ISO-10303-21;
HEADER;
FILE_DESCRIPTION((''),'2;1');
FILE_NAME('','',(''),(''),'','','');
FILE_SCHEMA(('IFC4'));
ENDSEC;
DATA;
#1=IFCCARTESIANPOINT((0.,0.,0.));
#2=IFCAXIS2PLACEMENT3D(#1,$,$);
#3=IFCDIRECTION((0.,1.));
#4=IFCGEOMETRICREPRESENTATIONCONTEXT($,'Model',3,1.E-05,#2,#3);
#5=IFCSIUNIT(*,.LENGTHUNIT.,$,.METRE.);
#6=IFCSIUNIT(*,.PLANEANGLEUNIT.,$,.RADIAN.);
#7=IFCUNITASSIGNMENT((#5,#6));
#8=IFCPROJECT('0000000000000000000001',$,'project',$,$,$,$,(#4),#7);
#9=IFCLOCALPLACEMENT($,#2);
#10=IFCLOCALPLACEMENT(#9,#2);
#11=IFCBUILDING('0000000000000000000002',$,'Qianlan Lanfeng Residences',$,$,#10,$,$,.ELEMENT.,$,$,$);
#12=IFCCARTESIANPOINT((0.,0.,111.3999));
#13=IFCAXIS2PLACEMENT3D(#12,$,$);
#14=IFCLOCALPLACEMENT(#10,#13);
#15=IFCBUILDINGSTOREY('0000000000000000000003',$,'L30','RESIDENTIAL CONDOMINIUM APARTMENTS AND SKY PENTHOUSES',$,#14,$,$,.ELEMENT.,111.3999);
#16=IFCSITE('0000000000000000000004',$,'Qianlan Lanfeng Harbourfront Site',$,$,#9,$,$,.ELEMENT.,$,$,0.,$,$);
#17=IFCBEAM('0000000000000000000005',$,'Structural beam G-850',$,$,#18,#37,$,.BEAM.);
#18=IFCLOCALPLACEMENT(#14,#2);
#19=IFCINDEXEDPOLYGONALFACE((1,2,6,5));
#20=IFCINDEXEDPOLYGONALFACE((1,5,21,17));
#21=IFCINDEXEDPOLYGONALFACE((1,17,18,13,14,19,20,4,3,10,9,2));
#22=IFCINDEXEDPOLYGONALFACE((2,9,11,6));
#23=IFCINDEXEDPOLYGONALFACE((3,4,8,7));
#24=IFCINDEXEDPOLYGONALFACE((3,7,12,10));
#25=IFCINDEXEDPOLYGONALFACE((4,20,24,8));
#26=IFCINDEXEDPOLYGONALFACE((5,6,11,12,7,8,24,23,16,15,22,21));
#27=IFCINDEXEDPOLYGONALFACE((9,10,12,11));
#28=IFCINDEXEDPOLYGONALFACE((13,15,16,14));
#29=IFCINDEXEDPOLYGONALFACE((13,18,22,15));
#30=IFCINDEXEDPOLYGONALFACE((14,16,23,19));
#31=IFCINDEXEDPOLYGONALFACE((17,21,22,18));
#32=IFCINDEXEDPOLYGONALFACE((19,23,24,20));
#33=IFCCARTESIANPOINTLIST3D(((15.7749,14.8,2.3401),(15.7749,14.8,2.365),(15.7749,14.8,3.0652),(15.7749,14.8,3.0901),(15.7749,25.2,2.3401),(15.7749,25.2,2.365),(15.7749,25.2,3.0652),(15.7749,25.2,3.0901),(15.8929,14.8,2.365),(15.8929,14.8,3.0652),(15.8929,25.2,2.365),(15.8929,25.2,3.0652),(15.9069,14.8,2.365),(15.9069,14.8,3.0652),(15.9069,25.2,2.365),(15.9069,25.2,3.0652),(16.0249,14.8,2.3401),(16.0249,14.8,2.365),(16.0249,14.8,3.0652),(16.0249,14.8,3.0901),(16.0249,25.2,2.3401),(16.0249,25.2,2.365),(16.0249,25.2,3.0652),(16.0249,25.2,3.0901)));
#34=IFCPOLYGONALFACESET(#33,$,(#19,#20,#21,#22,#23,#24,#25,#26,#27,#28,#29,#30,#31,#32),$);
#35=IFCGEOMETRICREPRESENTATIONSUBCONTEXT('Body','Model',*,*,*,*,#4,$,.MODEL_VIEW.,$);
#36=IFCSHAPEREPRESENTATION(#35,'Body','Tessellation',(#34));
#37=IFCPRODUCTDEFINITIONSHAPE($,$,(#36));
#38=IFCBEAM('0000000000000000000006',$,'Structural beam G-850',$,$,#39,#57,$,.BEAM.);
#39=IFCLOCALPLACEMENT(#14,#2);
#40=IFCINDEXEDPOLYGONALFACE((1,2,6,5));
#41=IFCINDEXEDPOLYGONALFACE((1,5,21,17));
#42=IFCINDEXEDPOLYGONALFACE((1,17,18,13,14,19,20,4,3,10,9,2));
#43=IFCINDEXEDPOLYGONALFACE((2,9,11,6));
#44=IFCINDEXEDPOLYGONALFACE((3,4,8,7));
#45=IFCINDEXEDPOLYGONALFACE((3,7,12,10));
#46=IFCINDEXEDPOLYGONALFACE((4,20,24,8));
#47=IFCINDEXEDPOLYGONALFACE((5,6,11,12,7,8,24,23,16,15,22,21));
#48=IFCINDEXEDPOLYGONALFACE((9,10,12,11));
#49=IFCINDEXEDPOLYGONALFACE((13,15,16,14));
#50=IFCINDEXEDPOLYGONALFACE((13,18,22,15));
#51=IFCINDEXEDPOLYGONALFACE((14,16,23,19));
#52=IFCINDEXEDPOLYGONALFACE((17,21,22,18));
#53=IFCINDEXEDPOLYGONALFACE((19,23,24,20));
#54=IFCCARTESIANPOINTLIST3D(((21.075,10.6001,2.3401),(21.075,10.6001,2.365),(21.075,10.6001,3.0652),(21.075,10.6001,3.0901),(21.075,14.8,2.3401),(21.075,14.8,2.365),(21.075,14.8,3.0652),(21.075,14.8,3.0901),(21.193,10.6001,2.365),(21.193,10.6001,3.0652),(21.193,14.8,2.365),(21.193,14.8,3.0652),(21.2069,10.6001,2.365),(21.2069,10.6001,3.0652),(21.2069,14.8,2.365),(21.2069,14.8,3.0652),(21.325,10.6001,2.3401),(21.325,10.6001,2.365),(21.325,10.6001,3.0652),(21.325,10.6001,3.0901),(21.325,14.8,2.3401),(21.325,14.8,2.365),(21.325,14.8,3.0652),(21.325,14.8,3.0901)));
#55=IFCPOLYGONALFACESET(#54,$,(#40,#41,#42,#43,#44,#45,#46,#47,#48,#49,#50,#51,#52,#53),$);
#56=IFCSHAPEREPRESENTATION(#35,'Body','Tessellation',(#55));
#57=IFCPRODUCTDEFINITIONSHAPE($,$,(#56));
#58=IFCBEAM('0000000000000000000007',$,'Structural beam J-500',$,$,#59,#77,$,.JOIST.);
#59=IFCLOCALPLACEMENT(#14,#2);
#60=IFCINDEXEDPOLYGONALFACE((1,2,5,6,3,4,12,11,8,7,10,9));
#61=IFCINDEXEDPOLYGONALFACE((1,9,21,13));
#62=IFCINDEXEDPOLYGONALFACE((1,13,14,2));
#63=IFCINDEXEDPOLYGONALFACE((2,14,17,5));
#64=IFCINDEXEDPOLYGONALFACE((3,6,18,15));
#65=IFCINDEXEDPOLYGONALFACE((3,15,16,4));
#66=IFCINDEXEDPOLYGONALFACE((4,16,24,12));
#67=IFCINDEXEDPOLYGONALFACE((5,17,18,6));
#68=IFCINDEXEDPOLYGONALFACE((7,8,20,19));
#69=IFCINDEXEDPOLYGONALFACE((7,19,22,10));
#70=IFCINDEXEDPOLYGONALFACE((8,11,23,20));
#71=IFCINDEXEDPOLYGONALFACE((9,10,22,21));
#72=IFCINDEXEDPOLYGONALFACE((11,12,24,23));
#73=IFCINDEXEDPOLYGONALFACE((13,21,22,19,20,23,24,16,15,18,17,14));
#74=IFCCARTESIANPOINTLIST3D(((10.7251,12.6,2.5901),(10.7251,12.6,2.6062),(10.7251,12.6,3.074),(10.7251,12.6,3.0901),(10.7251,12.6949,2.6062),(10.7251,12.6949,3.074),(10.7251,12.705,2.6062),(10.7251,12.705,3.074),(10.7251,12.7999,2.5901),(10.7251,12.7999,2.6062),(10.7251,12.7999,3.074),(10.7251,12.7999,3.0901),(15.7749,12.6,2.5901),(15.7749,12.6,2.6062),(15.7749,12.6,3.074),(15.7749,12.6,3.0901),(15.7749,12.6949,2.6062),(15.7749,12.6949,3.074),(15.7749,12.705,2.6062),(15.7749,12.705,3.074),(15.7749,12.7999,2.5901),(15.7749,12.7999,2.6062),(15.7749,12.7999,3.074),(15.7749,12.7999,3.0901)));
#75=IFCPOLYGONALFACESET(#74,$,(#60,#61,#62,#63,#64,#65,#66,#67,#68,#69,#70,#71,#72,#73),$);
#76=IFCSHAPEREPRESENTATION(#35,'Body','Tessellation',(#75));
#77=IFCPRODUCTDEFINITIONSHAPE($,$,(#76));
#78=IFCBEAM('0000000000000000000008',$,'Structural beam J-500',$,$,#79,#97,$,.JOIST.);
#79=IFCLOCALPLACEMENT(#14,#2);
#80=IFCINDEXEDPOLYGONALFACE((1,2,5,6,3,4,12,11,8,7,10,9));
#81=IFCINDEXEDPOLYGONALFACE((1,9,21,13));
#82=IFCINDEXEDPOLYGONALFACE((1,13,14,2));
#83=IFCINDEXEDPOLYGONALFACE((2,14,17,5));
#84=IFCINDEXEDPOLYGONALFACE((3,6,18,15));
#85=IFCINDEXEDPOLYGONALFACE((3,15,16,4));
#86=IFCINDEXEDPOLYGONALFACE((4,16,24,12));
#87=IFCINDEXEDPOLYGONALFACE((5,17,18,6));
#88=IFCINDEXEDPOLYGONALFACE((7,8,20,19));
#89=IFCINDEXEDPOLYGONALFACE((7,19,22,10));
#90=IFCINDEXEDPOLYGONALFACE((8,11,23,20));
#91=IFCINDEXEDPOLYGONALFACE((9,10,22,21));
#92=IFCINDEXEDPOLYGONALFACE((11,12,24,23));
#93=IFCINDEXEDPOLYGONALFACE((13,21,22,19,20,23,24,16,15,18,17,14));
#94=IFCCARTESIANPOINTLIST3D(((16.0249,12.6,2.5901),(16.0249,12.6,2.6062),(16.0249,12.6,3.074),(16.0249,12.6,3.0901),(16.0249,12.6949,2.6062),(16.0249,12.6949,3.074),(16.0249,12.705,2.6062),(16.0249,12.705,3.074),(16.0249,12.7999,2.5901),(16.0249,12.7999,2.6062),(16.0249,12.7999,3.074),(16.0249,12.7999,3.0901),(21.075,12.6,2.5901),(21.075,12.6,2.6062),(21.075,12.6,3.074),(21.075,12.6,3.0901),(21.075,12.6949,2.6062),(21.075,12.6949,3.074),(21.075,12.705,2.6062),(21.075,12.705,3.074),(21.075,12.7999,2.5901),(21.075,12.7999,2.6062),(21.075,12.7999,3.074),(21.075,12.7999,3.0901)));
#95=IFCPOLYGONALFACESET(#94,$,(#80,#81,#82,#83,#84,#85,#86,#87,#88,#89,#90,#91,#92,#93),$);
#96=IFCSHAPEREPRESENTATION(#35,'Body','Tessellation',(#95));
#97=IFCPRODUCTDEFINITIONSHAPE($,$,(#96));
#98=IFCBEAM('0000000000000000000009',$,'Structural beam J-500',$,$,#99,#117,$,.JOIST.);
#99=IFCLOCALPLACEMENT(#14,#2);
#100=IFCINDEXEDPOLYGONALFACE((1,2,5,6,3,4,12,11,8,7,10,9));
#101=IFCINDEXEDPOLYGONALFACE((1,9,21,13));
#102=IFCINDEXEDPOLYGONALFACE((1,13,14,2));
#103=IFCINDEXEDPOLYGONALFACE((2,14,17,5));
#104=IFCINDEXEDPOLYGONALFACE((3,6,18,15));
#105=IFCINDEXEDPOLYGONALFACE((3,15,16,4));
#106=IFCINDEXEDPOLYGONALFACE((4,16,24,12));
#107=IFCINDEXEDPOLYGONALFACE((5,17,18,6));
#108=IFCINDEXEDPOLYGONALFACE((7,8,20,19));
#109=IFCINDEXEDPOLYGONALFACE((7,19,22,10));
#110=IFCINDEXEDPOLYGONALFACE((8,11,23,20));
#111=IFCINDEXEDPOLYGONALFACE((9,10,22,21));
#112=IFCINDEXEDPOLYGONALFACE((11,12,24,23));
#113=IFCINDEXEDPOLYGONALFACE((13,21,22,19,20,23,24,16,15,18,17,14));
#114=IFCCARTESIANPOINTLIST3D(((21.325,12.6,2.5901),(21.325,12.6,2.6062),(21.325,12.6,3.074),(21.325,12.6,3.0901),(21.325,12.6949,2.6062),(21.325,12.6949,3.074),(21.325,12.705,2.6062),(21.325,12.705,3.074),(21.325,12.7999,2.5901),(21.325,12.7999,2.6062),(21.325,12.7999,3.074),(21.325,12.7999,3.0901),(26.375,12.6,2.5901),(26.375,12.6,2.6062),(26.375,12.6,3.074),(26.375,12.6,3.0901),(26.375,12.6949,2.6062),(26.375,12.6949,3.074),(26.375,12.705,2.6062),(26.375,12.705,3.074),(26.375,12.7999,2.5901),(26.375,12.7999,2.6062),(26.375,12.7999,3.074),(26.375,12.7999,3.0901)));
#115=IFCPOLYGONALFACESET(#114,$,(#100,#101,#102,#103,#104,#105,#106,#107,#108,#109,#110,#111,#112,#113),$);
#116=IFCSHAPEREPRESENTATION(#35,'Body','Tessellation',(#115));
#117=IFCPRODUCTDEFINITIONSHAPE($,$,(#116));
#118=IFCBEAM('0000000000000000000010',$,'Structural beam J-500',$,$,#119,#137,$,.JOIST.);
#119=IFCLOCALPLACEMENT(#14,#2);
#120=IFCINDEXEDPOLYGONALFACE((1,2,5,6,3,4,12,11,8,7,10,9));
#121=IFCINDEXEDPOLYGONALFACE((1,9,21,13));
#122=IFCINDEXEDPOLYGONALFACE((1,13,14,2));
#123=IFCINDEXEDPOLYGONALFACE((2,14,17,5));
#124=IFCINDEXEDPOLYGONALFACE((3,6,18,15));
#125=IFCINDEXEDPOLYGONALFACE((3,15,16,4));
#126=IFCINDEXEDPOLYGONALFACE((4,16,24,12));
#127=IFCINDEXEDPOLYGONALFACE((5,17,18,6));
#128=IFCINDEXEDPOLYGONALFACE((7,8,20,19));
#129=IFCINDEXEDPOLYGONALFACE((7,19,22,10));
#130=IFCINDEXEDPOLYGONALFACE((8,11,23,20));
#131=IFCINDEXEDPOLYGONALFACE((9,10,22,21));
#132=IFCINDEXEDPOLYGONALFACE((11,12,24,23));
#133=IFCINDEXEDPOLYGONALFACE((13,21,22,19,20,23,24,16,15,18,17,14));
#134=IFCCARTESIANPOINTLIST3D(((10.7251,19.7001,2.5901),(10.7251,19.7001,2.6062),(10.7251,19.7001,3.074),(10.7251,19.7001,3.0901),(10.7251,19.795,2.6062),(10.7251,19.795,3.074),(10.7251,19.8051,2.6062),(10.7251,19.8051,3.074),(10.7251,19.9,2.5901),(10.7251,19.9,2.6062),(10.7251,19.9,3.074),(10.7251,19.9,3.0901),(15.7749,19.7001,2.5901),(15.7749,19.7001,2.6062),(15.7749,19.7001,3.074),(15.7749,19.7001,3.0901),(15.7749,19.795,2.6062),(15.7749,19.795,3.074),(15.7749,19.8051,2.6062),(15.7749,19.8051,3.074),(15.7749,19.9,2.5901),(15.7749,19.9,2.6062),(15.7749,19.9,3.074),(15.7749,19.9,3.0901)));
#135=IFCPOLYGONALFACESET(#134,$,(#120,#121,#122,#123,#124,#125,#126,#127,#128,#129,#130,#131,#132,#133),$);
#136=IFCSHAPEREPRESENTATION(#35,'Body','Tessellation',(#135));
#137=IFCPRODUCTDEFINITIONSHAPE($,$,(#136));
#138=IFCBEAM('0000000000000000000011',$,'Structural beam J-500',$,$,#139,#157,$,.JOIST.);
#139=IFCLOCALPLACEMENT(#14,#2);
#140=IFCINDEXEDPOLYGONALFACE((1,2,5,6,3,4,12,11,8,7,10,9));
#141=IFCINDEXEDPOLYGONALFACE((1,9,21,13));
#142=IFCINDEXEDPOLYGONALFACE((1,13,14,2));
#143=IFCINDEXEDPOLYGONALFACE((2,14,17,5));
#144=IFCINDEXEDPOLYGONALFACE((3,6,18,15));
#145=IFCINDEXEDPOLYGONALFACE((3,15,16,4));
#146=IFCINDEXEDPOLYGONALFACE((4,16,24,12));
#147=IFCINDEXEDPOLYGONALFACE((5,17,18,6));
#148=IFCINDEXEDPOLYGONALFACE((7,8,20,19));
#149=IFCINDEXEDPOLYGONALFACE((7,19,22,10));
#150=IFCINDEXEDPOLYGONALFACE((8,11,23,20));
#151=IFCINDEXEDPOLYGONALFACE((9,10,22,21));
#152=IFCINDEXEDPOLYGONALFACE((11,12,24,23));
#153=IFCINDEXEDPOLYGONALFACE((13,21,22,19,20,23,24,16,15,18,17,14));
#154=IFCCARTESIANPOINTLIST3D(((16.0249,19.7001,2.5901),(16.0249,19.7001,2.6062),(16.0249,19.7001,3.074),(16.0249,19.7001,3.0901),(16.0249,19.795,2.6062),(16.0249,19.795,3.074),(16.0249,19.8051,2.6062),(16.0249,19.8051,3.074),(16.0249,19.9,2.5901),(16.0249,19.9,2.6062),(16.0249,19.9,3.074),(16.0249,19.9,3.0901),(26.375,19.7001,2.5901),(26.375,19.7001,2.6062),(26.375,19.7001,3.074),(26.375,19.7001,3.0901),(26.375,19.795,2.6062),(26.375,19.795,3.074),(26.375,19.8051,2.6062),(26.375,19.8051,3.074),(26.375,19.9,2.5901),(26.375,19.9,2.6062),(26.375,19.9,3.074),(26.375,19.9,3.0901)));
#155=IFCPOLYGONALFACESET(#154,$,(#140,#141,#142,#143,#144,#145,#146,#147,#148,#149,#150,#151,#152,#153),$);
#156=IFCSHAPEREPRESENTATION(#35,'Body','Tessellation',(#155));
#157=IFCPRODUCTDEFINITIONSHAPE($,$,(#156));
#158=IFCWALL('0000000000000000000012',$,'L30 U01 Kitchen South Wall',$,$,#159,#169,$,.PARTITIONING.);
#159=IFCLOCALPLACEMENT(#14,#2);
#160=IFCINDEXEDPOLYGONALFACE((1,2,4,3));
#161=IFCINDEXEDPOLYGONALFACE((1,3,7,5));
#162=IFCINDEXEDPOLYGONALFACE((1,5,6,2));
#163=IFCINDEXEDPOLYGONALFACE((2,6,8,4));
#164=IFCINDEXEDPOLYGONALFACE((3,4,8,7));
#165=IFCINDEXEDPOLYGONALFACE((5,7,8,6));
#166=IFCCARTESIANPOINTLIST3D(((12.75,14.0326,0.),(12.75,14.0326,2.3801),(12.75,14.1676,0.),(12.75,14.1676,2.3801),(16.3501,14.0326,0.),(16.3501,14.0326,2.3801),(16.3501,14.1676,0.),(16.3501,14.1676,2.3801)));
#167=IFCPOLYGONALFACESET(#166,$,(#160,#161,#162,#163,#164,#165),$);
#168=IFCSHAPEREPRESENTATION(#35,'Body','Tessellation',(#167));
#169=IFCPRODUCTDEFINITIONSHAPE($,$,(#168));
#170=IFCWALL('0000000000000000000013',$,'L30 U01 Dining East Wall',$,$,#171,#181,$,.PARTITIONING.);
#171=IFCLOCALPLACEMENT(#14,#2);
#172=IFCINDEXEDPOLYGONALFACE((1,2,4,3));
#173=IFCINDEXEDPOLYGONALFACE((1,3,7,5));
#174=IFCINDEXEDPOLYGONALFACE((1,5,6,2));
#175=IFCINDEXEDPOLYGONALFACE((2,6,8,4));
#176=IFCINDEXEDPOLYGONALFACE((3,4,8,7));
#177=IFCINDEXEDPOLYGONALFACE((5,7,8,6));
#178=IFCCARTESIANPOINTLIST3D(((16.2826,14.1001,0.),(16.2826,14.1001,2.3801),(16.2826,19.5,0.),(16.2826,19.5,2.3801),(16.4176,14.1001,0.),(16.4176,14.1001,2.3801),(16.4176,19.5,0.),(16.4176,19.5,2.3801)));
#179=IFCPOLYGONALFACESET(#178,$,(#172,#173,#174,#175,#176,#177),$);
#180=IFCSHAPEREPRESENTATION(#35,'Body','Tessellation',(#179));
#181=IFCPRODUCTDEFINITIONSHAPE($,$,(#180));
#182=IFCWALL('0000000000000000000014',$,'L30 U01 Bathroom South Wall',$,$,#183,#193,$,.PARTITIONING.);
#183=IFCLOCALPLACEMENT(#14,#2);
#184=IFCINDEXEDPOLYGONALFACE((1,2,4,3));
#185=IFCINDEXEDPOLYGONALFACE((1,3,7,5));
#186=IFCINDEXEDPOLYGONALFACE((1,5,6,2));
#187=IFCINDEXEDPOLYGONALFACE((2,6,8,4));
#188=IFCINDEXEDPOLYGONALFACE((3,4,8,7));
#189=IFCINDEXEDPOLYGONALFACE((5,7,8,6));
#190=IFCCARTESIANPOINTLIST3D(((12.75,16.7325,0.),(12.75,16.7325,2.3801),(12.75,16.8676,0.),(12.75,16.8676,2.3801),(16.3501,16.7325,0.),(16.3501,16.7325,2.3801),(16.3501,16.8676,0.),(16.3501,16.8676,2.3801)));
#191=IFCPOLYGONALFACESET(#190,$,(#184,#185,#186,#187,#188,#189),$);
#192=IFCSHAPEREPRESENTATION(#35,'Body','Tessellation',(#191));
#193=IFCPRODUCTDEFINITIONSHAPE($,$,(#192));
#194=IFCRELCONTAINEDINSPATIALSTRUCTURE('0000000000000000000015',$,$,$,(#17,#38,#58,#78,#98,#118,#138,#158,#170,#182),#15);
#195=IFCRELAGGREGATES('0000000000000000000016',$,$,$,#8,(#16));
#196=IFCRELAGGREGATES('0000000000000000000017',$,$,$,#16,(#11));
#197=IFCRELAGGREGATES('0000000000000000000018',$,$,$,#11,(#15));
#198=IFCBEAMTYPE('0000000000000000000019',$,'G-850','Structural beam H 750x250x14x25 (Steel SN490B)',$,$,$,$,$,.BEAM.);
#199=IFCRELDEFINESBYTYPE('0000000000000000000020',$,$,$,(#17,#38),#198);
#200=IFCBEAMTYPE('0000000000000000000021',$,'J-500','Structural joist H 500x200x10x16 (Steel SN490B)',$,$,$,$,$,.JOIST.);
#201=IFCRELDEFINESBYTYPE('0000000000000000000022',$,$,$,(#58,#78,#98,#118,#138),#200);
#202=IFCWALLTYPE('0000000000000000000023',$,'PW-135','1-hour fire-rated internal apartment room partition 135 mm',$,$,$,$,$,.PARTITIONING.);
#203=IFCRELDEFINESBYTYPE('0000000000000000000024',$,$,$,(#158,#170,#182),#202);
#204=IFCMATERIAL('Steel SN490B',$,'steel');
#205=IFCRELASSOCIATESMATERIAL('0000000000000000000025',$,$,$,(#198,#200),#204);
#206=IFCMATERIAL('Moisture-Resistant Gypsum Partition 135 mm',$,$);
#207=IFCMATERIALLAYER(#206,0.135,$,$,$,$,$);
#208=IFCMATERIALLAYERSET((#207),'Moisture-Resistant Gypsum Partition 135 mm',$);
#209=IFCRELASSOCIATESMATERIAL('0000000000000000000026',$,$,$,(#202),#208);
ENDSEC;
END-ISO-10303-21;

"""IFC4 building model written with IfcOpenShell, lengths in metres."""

from ifc_helpers import new_model, si_unit, direction, frame, frame_2d, origin, origin_2d, place, context, subcontext, project, spatial, rectangle, i_section, extrude, material, layer, layer_set, material_profile, profile_set, type_object, element, save


model = new_model("IFC4")

# Units and contexts
model_context = context("Model", 3, precision=1e-05, world=origin(), true_north=direction((0.0, 1.0)))
body_context = subcontext(model_context, "Body", "Model", "MODEL_VIEW")
ifc_project = project(units=[si_unit("LENGTHUNIT", "METRE"), si_unit("PLANEANGLEUNIT", "RADIAN")], contexts=[model_context])

# Site, building, storey
site_placement = place(None, origin())
site = spatial("IfcSite", under=ifc_project, at=site_placement, Name="Qianlan Lanfeng Harbourfront Site", CompositionType="ELEMENT", RefElevation=0.0)
building_placement = place(site_placement, origin())
building = spatial("IfcBuilding", under=site, at=building_placement, Name="Qianlan Lanfeng Residences", CompositionType="ELEMENT")
storey_placement = place(building_placement, frame((0.0, 0.0, 111.3999)))
storey = spatial("IfcBuildingStorey", under=building, at=storey_placement, Name="L30", Description="RESIDENTIAL CONDOMINIUM APARTMENTS AND SKY PENTHOUSES", CompositionType="ELEMENT", Elevation=111.3999)

# Shared definitions
ifc_material_1 = material(Name="Steel SN490B", Category="steel")

# Beams
ifc_material_profile_1 = material_profile(ifc_material_1, i_section(OverallWidth=0.25, OverallDepth=0.75, WebThickness=0.0139, FlangeThickness=0.0249, at=origin_2d()), Name="H 750x250x14x25")
ifc_profile_set_1 = profile_set([ifc_material_profile_1], Name="Steel SN490B")
beam_type_1 = type_object("IfcBeamType", Name="G-850", Description="Structural beam H 750x250x14x25 (Steel SN490B)", PredefinedType="BEAM", material=ifc_profile_set_1)
beam_1_placement = place(storey_placement, frame((15.8999, 14.8, 2.7151), z_axis=(0.0, 1.0, 0.0), x_axis=(-1.0, 0.0, 0.0)))
element("IfcBeam", 1, at=beam_1_placement, inside=storey, type_object=beam_type_1, Name="Structural beam G-850", PredefinedType="BEAM", context=body_context, shape_type="SweptSolid", body=[
    extrude(i_section(OverallWidth=0.25, OverallDepth=0.75, WebThickness=0.0139, FlangeThickness=0.0249, at=origin_2d()), origin(), (0.0, 0.0, 1.0), 10.3999),
])
beam_2_placement = place(storey_placement, frame((21.2, 10.6001, 2.7151), z_axis=(0.0, 1.0, 0.0), x_axis=(-1.0, 0.0, 0.0)))
element("IfcBeam", 2, at=beam_2_placement, inside=storey, type_object=beam_type_1, Name="Structural beam G-850", PredefinedType="BEAM", context=body_context, shape_type="SweptSolid", body=[
    extrude(i_section(OverallWidth=0.25, OverallDepth=0.75, WebThickness=0.0139, FlangeThickness=0.0249, at=origin_2d()), origin(), (0.0, 0.0, 1.0), 4.2),
])
ifc_material_profile_2 = material_profile(ifc_material_1, i_section(OverallWidth=0.2, OverallDepth=0.5, WebThickness=0.01, FlangeThickness=0.0161, at=origin_2d()), Name="H 500x200x10x16")
ifc_profile_set_2 = profile_set([ifc_material_profile_2], Name="Steel SN490B")
beam_type_2 = type_object("IfcBeamType", Name="J-500", Description="Structural joist H 500x200x10x16 (Steel SN490B)", PredefinedType="JOIST", material=ifc_profile_set_2)
beam_3_placement = place(storey_placement, frame((10.7251, 12.7, 2.8401), z_axis=(1.0, 0.0, 0.0), x_axis=(0.0, 1.0, 0.0)))
element("IfcBeam", 3, at=beam_3_placement, inside=storey, type_object=beam_type_2, Name="Structural beam J-500", PredefinedType="JOIST", context=body_context, shape_type="SweptSolid", body=[
    extrude(i_section(OverallWidth=0.2, OverallDepth=0.5, WebThickness=0.01, FlangeThickness=0.0161, at=origin_2d()), origin(), (0.0, 0.0, 1.0), 5.0498),
])
for number, where, z_axis, x_axis, name in (
    (4, (16.0249, 12.7, 2.8401), (1.0, 0.0, 0.0), (0.0, 1.0, 0.0), "Structural beam J-500"),
    (5, (21.325, 12.7, 2.8401), (1.0, 0.0, 0.0), (0.0, 1.0, 0.0), "Structural beam J-500"),
):
    element("IfcBeam", number, at=place(storey_placement, frame(where, z_axis=z_axis, x_axis=x_axis)), inside=storey, type_object=beam_type_2, Name=name, PredefinedType="JOIST", context=body_context, shape_type="SweptSolid", body=[
        extrude(i_section(OverallWidth=0.2, OverallDepth=0.5, WebThickness=0.01, FlangeThickness=0.0161, at=origin_2d()), origin(), (0.0, 0.0, 1.0), 5.05),
    ])
beam_4_placement = place(storey_placement, frame((10.7251, 19.8, 2.8401), z_axis=(1.0, 0.0, 0.0), x_axis=(0.0, 1.0, 0.0)))
element("IfcBeam", 6, at=beam_4_placement, inside=storey, type_object=beam_type_2, Name="Structural beam J-500", PredefinedType="JOIST", context=body_context, shape_type="SweptSolid", body=[
    extrude(i_section(OverallWidth=0.2, OverallDepth=0.5, WebThickness=0.01, FlangeThickness=0.0161, at=origin_2d()), origin(), (0.0, 0.0, 1.0), 5.0498),
])
beam_5_placement = place(storey_placement, frame((16.0249, 19.8, 2.8401), z_axis=(1.0, 0.0, 0.0), x_axis=(0.0, 1.0, 0.0)))
element("IfcBeam", 7, at=beam_5_placement, inside=storey, type_object=beam_type_2, Name="Structural beam J-500", PredefinedType="JOIST", context=body_context, shape_type="SweptSolid", body=[
    extrude(i_section(OverallWidth=0.2, OverallDepth=0.5, WebThickness=0.01, FlangeThickness=0.0161, at=origin_2d()), origin(), (0.0, 0.0, 1.0), 10.3501),
])

# Walls
ifc_material_2 = material(Name="Moisture-Resistant Gypsum Partition 135 mm")
ifc_layer = layer(ifc_material_2, 0.135)
ifc_layer_set = layer_set([ifc_layer], Name="Moisture-Resistant Gypsum Partition 135 mm")
wall_type = type_object("IfcWallType", Name="PW-135", Description="1-hour fire-rated internal apartment room partition 135 mm", PredefinedType="PARTITIONING", material=ifc_layer_set)
wall_1_placement = place(storey_placement, frame((12.75, 14.1001, 0.0), z_axis=(0.0, 0.0, 1.0), x_axis=(1.0, 0.0, 0.0)))
element("IfcWall", 8, at=wall_1_placement, inside=storey, type_object=wall_type, Name="L30 U01 Kitchen South Wall", PredefinedType="PARTITIONING", context=body_context, shape_type="SweptSolid", body=[
    extrude(rectangle(XDim=3.6001, YDim=0.135, at=frame_2d((1.8, 0.0))), origin(), (0.0, 0.0, 1.0), 2.3801),
])
wall_2_placement = place(storey_placement, frame((16.3501, 14.1001, 0.0), z_axis=(0.0, 0.0, 1.0), x_axis=(0.0, 1.0, 0.0)))
element("IfcWall", 9, at=wall_2_placement, inside=storey, type_object=wall_type, Name="L30 U01 Dining East Wall", PredefinedType="PARTITIONING", context=body_context, shape_type="SweptSolid", body=[
    extrude(rectangle(XDim=5.3999, YDim=0.135, at=frame_2d((2.7, 0.0))), origin(), (0.0, 0.0, 1.0), 2.3801),
])
wall_3_placement = place(storey_placement, frame((12.75, 16.8, 0.0), z_axis=(0.0, 0.0, 1.0), x_axis=(1.0, 0.0, 0.0)))
element("IfcWall", 10, at=wall_3_placement, inside=storey, type_object=wall_type, Name="L30 U01 Bathroom South Wall", PredefinedType="PARTITIONING", context=body_context, shape_type="SweptSolid", body=[
    extrude(rectangle(XDim=3.6001, YDim=0.135, at=frame_2d((1.8, 0.0))), origin(), (0.0, 0.0, 1.0), 2.3801),
])

save(model, "model.ifc")
